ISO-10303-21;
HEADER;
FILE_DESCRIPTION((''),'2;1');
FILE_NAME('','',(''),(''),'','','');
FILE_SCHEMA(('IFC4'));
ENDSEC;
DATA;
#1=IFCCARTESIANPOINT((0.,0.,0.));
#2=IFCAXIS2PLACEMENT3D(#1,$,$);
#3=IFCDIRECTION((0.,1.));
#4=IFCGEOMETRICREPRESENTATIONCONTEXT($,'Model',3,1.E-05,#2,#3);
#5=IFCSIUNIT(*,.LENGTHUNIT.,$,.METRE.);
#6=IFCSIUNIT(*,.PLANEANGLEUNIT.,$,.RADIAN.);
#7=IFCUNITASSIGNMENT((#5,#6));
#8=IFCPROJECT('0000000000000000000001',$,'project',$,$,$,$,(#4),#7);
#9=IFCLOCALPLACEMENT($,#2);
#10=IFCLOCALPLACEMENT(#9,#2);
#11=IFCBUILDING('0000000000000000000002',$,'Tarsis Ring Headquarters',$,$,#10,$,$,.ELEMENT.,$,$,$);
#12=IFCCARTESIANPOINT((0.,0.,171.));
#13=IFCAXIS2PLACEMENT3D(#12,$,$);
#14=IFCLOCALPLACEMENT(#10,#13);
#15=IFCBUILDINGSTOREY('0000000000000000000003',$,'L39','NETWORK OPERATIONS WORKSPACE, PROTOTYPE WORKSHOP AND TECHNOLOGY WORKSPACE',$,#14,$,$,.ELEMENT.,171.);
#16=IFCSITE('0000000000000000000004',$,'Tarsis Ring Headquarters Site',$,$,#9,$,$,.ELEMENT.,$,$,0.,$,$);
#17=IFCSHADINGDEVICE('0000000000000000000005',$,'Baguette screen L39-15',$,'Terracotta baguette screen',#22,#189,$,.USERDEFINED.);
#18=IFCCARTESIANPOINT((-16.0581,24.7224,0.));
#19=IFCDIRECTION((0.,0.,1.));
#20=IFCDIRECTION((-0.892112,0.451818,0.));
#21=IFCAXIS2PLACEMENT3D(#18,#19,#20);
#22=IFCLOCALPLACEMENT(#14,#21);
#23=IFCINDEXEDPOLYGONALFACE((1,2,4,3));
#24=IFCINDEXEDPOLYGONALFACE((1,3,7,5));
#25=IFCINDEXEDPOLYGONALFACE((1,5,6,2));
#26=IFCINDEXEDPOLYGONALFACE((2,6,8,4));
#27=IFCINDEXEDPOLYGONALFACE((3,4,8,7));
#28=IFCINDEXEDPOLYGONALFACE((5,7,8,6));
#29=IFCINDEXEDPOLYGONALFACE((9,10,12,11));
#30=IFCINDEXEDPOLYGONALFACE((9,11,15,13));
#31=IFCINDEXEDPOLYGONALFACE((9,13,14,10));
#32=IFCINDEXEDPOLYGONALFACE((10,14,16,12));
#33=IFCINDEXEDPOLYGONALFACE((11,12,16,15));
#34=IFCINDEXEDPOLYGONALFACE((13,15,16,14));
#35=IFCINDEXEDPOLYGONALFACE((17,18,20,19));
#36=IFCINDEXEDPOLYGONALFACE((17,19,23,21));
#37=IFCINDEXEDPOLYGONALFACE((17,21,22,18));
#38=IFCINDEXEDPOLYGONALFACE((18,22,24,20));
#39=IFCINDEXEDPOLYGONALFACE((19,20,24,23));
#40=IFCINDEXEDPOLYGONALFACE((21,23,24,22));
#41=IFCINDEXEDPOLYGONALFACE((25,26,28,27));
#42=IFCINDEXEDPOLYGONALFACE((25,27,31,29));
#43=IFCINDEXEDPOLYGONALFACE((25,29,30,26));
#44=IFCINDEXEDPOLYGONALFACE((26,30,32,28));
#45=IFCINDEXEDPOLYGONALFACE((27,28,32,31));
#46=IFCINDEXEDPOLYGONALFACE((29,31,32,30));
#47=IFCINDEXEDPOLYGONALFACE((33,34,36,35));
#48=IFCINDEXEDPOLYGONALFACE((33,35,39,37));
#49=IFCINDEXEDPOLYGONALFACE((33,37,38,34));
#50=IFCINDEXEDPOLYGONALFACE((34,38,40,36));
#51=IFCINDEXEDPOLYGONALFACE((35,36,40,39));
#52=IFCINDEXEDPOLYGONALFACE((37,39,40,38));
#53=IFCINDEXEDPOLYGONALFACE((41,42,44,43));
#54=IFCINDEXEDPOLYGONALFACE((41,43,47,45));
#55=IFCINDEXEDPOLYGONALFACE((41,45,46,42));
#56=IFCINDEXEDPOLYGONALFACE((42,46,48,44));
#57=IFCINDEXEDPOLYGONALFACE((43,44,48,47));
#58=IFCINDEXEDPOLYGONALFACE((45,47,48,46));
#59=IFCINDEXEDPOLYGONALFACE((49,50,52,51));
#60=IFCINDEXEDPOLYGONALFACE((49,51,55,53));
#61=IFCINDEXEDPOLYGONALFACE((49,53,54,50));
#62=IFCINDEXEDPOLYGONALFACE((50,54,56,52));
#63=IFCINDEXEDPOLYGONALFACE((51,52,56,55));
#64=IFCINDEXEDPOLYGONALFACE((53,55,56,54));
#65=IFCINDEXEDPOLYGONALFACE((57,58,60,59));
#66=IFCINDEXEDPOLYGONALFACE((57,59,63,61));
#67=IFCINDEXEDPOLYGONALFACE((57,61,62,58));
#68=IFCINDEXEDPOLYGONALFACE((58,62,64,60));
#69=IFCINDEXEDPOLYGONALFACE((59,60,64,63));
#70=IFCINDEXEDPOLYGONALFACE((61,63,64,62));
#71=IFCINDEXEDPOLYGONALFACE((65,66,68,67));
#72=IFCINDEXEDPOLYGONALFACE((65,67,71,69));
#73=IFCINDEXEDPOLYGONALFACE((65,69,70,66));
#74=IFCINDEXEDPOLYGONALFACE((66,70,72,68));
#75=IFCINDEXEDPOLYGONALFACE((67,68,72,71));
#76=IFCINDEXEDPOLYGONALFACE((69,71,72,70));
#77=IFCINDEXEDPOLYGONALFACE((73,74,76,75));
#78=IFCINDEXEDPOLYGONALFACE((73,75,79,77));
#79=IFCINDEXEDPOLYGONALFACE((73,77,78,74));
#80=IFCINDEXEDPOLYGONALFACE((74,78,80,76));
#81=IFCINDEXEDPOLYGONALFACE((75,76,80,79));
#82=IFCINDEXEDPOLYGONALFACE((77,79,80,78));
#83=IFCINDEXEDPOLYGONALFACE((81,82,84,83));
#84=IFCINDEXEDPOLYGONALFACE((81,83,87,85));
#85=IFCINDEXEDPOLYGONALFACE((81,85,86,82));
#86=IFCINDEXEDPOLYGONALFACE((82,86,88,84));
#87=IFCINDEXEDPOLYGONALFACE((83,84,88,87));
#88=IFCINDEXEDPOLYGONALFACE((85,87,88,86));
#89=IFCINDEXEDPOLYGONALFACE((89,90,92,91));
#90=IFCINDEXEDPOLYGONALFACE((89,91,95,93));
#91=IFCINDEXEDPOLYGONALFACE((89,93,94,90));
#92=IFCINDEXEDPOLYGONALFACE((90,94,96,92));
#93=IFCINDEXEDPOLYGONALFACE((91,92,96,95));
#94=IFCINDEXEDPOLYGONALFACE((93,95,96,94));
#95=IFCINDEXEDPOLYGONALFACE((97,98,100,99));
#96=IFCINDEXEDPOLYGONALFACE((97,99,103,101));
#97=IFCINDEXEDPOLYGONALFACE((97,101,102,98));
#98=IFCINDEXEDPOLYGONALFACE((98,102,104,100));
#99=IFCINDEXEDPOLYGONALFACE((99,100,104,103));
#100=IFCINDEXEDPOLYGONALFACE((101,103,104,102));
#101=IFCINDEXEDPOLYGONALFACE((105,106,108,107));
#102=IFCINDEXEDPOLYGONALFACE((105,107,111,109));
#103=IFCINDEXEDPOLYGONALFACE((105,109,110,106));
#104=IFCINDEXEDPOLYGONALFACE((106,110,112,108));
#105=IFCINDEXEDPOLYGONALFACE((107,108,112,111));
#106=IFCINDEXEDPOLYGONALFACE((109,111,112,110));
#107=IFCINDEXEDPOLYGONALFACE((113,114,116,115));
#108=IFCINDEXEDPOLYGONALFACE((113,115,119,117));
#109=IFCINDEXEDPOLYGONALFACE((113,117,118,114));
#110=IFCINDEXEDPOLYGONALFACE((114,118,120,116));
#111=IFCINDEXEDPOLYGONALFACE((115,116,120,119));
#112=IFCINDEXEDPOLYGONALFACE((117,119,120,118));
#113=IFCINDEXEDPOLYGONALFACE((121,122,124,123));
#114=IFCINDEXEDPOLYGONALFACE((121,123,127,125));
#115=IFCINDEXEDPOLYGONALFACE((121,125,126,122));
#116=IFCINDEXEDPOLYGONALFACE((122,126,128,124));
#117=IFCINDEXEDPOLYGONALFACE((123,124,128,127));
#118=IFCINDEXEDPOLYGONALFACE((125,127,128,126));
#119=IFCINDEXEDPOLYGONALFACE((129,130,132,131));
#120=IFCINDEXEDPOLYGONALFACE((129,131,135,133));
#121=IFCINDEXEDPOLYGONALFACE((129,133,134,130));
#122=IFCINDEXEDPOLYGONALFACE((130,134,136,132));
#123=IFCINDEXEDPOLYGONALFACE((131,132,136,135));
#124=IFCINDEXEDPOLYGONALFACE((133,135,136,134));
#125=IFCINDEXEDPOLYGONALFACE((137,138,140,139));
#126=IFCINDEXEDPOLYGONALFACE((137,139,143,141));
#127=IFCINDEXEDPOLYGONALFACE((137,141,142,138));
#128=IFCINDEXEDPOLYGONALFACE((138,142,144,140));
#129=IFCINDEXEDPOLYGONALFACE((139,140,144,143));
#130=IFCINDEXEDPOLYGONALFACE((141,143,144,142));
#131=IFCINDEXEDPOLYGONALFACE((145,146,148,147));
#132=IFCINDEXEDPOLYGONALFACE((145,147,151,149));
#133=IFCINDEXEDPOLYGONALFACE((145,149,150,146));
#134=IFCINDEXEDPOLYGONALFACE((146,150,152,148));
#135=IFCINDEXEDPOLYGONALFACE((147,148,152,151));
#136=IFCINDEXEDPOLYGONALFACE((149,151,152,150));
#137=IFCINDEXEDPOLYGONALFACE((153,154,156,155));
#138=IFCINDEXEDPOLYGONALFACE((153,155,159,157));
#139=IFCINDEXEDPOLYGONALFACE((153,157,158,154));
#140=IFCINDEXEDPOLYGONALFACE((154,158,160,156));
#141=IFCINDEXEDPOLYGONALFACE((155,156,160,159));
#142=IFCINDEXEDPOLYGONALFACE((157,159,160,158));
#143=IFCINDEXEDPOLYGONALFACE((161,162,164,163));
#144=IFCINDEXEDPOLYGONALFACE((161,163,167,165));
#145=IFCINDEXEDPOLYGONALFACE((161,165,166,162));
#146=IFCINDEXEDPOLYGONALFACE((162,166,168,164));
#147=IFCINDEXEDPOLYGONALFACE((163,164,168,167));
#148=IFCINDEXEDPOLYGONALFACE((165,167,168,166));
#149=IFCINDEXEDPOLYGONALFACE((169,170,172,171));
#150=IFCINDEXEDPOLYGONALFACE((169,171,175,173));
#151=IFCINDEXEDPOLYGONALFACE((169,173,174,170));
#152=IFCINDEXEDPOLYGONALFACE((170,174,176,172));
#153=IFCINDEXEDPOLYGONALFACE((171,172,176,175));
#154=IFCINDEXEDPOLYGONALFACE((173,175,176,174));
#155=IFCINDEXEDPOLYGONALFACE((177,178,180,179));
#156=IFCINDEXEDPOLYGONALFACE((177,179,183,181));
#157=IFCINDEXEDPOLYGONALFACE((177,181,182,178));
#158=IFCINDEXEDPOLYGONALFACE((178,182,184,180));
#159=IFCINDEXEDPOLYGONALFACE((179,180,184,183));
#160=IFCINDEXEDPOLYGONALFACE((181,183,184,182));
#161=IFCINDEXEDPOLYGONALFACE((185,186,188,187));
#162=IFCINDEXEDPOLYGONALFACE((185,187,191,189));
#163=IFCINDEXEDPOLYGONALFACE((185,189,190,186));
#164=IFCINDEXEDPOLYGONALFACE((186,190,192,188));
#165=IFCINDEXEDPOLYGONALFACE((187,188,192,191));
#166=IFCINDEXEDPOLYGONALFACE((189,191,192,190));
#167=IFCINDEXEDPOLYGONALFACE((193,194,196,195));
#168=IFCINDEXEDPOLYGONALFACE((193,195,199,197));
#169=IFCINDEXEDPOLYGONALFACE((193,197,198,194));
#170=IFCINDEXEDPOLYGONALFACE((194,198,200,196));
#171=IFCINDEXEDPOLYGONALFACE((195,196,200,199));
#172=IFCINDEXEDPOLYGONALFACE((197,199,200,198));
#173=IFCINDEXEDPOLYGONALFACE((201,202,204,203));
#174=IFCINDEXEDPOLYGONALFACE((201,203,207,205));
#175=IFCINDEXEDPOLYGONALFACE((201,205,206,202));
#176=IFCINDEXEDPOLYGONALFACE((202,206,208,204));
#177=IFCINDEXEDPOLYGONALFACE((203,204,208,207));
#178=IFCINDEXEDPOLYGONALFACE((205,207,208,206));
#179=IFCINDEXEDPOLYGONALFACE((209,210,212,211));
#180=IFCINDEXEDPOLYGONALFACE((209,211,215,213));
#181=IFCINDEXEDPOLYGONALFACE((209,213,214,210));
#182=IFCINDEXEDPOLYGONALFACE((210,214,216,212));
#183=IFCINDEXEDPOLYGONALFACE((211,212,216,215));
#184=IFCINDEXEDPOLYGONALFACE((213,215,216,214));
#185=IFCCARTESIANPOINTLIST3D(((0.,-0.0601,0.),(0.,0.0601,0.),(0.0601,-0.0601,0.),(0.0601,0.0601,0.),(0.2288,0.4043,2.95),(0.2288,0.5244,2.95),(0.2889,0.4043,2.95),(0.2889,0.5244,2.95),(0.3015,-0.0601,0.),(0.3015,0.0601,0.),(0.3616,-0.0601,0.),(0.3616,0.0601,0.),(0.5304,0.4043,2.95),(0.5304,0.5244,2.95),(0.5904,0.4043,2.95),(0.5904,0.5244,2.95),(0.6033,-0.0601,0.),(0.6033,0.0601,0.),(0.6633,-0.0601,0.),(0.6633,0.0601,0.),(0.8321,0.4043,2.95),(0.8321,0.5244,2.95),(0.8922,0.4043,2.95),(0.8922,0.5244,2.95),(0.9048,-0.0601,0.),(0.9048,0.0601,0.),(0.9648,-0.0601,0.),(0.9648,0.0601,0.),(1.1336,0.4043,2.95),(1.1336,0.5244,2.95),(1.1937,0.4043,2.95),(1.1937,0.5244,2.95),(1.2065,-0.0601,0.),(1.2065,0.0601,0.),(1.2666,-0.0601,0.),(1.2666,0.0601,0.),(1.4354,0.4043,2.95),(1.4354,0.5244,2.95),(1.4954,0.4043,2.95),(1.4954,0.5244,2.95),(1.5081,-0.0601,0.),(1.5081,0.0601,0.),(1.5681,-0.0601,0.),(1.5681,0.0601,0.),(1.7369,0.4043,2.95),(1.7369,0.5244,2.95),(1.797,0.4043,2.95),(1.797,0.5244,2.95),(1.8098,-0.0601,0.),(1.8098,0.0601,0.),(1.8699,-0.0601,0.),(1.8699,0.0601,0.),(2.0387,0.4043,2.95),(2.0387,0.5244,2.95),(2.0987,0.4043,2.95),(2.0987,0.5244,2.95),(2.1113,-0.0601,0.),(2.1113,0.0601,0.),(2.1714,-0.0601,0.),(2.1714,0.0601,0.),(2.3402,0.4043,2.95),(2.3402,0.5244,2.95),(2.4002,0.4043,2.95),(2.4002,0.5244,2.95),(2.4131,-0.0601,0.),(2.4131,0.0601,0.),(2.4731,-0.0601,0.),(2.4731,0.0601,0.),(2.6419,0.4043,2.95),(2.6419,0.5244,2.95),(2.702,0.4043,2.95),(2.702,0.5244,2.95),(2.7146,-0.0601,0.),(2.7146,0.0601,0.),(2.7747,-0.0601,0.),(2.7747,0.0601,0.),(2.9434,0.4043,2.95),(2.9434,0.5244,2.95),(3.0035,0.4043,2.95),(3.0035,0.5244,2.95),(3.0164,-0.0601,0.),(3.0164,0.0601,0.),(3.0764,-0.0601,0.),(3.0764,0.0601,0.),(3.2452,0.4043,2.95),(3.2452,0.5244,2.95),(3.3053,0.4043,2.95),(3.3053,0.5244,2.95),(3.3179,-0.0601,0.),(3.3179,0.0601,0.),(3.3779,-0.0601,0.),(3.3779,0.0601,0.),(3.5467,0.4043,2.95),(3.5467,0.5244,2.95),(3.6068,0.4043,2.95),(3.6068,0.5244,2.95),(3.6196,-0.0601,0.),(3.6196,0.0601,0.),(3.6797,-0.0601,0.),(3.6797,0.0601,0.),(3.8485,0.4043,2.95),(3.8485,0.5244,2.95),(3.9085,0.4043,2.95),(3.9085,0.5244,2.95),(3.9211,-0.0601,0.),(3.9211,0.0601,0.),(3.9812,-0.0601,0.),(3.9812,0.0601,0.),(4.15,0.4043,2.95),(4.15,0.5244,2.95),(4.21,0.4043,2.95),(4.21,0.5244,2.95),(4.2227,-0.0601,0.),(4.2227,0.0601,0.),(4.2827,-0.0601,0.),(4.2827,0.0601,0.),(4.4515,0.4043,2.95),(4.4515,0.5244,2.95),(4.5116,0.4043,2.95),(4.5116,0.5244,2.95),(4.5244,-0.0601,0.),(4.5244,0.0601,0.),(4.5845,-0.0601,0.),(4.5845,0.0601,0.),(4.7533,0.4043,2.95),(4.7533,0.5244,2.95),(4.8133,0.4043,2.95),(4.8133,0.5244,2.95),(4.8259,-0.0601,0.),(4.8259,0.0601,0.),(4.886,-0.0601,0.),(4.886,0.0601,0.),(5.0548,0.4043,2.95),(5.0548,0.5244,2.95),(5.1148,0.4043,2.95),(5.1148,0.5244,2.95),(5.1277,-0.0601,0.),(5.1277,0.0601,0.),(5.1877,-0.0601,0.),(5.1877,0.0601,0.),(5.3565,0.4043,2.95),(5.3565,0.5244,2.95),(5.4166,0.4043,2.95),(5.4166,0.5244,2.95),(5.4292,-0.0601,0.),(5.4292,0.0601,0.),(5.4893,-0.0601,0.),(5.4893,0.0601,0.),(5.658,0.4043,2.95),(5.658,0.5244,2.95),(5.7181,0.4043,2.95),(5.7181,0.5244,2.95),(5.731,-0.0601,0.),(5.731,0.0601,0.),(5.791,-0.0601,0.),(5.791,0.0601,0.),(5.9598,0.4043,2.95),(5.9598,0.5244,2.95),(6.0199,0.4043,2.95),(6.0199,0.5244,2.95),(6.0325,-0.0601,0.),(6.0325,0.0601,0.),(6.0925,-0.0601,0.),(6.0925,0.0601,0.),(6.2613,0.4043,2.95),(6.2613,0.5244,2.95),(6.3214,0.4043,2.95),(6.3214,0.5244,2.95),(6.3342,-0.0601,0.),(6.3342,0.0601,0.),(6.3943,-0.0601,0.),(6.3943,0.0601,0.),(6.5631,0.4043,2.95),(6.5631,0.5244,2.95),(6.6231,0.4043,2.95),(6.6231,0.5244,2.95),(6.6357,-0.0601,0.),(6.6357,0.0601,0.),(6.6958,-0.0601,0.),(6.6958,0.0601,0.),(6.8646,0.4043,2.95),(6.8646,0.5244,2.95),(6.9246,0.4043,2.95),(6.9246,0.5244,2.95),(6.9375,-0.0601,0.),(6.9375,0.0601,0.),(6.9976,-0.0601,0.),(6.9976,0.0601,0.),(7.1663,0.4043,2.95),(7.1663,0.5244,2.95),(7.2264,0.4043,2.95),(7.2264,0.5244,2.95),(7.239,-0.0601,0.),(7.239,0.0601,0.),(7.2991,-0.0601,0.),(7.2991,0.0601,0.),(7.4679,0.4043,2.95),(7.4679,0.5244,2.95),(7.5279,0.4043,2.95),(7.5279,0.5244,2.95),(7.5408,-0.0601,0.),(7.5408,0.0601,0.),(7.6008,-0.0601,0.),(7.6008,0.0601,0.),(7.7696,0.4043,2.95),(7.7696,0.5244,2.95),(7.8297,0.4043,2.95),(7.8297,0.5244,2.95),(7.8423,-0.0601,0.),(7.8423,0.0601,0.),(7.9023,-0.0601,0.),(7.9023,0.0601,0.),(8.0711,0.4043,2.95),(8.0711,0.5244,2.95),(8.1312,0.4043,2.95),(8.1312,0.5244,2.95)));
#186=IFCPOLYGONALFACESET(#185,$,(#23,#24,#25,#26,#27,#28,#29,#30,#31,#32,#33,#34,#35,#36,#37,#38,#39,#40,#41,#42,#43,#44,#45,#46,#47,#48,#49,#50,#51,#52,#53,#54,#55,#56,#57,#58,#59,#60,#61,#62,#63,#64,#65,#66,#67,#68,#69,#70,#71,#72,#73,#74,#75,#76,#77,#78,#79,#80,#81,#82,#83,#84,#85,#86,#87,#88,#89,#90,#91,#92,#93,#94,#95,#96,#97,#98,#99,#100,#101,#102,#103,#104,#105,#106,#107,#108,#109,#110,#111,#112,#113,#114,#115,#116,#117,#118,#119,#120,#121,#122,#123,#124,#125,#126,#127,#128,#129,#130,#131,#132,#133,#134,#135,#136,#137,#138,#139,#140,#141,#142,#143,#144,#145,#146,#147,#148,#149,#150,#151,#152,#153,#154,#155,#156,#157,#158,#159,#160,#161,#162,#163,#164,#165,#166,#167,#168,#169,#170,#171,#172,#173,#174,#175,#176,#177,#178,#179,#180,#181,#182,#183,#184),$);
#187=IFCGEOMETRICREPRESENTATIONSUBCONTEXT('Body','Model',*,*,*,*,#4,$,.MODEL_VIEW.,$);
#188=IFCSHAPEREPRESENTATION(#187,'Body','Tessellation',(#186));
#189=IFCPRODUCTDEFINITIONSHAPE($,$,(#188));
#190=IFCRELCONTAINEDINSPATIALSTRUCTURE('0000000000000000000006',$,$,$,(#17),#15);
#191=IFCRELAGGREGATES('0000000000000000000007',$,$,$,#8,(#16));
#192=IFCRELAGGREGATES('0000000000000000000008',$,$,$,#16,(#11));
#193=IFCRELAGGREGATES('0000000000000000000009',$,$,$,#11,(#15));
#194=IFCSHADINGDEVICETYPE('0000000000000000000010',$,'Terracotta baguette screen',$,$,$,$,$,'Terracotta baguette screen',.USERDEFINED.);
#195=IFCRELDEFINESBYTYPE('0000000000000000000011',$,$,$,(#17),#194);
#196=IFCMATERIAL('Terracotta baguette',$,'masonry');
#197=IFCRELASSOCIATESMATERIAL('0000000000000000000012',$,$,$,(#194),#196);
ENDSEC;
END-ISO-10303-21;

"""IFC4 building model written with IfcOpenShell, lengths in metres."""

from ifc_helpers import new_model, si_unit, direction, frame, frame_2d, origin, place, context, subcontext, project, spatial, rectangle, composite_profile, extrude, material, type_object, element, save


model = new_model("IFC4")

# Units and contexts
model_context = context("Model", 3, precision=1e-05, world=origin(), true_north=direction((0.0, 1.0)))
body_context = subcontext(model_context, "Body", "Model", "MODEL_VIEW")
ifc_project = project(units=[si_unit("LENGTHUNIT", "METRE"), si_unit("PLANEANGLEUNIT", "RADIAN")], contexts=[model_context])

# Site, building, storey
site_placement = place(None, origin())
site = spatial("IfcSite", under=ifc_project, at=site_placement, Name="Tarsis Ring Headquarters Site", CompositionType="ELEMENT", RefElevation=0.0)
building_placement = place(site_placement, origin())
building = spatial("IfcBuilding", under=site, at=building_placement, Name="Tarsis Ring Headquarters", CompositionType="ELEMENT")
storey_placement = place(building_placement, frame((0.0, 0.0, 171.0)))
storey = spatial("IfcBuildingStorey", under=building, at=storey_placement, Name="L39", Description="NETWORK OPERATIONS WORKSPACE, PROTOTYPE WORKSHOP AND TECHNOLOGY WORKSPACE", CompositionType="ELEMENT", Elevation=171.0)

# Shading device
ifc_material_1 = material(Name="Terracotta baguette", Category="masonry")
shading_device_type_1 = type_object("IfcShadingDeviceType", Name="Terracotta baguette screen", ElementType="Terracotta baguette screen", PredefinedType="USERDEFINED", material=ifc_material_1)
shading_device_1_placement = place(storey_placement, frame((-16.0581, 24.7224, 0.0), z_axis=(0.0, 0.0, 1.0), x_axis=(-0.892112, 0.451818, 0.0)))
element("IfcShadingDevice", 1, at=shading_device_1_placement, inside=storey, type_object=shading_device_type_1, Name="Baguette screen L39-15", ObjectType="Terracotta baguette screen", PredefinedType="USERDEFINED", context=body_context, shape_type="SweptSolid", body=[
    extrude(composite_profile([rectangle(XDim=0.0601, YDim=0.1201, at=frame_2d((0.03, 0.0))), rectangle(XDim=0.0601, YDim=0.1201, at=frame_2d((0.3315, 0.0))), rectangle(XDim=0.0601, YDim=0.1201, at=frame_2d((0.6333, 0.0))), rectangle(XDim=0.0601, YDim=0.1201, at=frame_2d((0.9348, 0.0))), rectangle(XDim=0.0601, YDim=0.1201, at=frame_2d((1.2366, 0.0))), rectangle(XDim=0.0601, YDim=0.1201, at=frame_2d((1.5381, 0.0))), rectangle(XDim=0.0601, YDim=0.1201, at=frame_2d((1.8398, 0.0))), rectangle(XDim=0.0601, YDim=0.1201, at=frame_2d((2.1414, 0.0))), rectangle(XDim=0.0601, YDim=0.1201, at=frame_2d((2.4431, 0.0))), rectangle(XDim=0.0601, YDim=0.1201, at=frame_2d((2.7446, 0.0))), rectangle(XDim=0.0601, YDim=0.1201, at=frame_2d((3.0464, 0.0))), rectangle(XDim=0.0601, YDim=0.1201, at=frame_2d((3.3479, 0.0))), rectangle(XDim=0.0601, YDim=0.1201, at=frame_2d((3.6497, 0.0))), rectangle(XDim=0.0601, YDim=0.1201, at=frame_2d((3.9512, 0.0))), rectangle(XDim=0.0601, YDim=0.1201, at=frame_2d((4.2527, 0.0))), rectangle(XDim=0.0601, YDim=0.1201, at=frame_2d((4.5544, 0.0))), rectangle(XDim=0.0601, YDim=0.1201, at=frame_2d((4.856, 0.0))), rectangle(XDim=0.0601, YDim=0.1201, at=frame_2d((5.1577, 0.0))), rectangle(XDim=0.0601, YDim=0.1201, at=frame_2d((5.4592, 0.0))), rectangle(XDim=0.0601, YDim=0.1201, at=frame_2d((5.761, 0.0))), rectangle(XDim=0.0601, YDim=0.1201, at=frame_2d((6.0625, 0.0))), rectangle(XDim=0.0601, YDim=0.1201, at=frame_2d((6.3643, 0.0))), rectangle(XDim=0.0601, YDim=0.1201, at=frame_2d((6.6658, 0.0))), rectangle(XDim=0.0601, YDim=0.1201, at=frame_2d((6.9675, 0.0))), rectangle(XDim=0.0601, YDim=0.1201, at=frame_2d((7.269, 0.0))), rectangle(XDim=0.0601, YDim=0.1201, at=frame_2d((7.5708, 0.0))), rectangle(XDim=0.0601, YDim=0.1201, at=frame_2d((7.8723, 0.0)))]), origin(), (0.076404, 0.155042, 0.984949), 2.9951),
])

save(model, "model.ifc")
